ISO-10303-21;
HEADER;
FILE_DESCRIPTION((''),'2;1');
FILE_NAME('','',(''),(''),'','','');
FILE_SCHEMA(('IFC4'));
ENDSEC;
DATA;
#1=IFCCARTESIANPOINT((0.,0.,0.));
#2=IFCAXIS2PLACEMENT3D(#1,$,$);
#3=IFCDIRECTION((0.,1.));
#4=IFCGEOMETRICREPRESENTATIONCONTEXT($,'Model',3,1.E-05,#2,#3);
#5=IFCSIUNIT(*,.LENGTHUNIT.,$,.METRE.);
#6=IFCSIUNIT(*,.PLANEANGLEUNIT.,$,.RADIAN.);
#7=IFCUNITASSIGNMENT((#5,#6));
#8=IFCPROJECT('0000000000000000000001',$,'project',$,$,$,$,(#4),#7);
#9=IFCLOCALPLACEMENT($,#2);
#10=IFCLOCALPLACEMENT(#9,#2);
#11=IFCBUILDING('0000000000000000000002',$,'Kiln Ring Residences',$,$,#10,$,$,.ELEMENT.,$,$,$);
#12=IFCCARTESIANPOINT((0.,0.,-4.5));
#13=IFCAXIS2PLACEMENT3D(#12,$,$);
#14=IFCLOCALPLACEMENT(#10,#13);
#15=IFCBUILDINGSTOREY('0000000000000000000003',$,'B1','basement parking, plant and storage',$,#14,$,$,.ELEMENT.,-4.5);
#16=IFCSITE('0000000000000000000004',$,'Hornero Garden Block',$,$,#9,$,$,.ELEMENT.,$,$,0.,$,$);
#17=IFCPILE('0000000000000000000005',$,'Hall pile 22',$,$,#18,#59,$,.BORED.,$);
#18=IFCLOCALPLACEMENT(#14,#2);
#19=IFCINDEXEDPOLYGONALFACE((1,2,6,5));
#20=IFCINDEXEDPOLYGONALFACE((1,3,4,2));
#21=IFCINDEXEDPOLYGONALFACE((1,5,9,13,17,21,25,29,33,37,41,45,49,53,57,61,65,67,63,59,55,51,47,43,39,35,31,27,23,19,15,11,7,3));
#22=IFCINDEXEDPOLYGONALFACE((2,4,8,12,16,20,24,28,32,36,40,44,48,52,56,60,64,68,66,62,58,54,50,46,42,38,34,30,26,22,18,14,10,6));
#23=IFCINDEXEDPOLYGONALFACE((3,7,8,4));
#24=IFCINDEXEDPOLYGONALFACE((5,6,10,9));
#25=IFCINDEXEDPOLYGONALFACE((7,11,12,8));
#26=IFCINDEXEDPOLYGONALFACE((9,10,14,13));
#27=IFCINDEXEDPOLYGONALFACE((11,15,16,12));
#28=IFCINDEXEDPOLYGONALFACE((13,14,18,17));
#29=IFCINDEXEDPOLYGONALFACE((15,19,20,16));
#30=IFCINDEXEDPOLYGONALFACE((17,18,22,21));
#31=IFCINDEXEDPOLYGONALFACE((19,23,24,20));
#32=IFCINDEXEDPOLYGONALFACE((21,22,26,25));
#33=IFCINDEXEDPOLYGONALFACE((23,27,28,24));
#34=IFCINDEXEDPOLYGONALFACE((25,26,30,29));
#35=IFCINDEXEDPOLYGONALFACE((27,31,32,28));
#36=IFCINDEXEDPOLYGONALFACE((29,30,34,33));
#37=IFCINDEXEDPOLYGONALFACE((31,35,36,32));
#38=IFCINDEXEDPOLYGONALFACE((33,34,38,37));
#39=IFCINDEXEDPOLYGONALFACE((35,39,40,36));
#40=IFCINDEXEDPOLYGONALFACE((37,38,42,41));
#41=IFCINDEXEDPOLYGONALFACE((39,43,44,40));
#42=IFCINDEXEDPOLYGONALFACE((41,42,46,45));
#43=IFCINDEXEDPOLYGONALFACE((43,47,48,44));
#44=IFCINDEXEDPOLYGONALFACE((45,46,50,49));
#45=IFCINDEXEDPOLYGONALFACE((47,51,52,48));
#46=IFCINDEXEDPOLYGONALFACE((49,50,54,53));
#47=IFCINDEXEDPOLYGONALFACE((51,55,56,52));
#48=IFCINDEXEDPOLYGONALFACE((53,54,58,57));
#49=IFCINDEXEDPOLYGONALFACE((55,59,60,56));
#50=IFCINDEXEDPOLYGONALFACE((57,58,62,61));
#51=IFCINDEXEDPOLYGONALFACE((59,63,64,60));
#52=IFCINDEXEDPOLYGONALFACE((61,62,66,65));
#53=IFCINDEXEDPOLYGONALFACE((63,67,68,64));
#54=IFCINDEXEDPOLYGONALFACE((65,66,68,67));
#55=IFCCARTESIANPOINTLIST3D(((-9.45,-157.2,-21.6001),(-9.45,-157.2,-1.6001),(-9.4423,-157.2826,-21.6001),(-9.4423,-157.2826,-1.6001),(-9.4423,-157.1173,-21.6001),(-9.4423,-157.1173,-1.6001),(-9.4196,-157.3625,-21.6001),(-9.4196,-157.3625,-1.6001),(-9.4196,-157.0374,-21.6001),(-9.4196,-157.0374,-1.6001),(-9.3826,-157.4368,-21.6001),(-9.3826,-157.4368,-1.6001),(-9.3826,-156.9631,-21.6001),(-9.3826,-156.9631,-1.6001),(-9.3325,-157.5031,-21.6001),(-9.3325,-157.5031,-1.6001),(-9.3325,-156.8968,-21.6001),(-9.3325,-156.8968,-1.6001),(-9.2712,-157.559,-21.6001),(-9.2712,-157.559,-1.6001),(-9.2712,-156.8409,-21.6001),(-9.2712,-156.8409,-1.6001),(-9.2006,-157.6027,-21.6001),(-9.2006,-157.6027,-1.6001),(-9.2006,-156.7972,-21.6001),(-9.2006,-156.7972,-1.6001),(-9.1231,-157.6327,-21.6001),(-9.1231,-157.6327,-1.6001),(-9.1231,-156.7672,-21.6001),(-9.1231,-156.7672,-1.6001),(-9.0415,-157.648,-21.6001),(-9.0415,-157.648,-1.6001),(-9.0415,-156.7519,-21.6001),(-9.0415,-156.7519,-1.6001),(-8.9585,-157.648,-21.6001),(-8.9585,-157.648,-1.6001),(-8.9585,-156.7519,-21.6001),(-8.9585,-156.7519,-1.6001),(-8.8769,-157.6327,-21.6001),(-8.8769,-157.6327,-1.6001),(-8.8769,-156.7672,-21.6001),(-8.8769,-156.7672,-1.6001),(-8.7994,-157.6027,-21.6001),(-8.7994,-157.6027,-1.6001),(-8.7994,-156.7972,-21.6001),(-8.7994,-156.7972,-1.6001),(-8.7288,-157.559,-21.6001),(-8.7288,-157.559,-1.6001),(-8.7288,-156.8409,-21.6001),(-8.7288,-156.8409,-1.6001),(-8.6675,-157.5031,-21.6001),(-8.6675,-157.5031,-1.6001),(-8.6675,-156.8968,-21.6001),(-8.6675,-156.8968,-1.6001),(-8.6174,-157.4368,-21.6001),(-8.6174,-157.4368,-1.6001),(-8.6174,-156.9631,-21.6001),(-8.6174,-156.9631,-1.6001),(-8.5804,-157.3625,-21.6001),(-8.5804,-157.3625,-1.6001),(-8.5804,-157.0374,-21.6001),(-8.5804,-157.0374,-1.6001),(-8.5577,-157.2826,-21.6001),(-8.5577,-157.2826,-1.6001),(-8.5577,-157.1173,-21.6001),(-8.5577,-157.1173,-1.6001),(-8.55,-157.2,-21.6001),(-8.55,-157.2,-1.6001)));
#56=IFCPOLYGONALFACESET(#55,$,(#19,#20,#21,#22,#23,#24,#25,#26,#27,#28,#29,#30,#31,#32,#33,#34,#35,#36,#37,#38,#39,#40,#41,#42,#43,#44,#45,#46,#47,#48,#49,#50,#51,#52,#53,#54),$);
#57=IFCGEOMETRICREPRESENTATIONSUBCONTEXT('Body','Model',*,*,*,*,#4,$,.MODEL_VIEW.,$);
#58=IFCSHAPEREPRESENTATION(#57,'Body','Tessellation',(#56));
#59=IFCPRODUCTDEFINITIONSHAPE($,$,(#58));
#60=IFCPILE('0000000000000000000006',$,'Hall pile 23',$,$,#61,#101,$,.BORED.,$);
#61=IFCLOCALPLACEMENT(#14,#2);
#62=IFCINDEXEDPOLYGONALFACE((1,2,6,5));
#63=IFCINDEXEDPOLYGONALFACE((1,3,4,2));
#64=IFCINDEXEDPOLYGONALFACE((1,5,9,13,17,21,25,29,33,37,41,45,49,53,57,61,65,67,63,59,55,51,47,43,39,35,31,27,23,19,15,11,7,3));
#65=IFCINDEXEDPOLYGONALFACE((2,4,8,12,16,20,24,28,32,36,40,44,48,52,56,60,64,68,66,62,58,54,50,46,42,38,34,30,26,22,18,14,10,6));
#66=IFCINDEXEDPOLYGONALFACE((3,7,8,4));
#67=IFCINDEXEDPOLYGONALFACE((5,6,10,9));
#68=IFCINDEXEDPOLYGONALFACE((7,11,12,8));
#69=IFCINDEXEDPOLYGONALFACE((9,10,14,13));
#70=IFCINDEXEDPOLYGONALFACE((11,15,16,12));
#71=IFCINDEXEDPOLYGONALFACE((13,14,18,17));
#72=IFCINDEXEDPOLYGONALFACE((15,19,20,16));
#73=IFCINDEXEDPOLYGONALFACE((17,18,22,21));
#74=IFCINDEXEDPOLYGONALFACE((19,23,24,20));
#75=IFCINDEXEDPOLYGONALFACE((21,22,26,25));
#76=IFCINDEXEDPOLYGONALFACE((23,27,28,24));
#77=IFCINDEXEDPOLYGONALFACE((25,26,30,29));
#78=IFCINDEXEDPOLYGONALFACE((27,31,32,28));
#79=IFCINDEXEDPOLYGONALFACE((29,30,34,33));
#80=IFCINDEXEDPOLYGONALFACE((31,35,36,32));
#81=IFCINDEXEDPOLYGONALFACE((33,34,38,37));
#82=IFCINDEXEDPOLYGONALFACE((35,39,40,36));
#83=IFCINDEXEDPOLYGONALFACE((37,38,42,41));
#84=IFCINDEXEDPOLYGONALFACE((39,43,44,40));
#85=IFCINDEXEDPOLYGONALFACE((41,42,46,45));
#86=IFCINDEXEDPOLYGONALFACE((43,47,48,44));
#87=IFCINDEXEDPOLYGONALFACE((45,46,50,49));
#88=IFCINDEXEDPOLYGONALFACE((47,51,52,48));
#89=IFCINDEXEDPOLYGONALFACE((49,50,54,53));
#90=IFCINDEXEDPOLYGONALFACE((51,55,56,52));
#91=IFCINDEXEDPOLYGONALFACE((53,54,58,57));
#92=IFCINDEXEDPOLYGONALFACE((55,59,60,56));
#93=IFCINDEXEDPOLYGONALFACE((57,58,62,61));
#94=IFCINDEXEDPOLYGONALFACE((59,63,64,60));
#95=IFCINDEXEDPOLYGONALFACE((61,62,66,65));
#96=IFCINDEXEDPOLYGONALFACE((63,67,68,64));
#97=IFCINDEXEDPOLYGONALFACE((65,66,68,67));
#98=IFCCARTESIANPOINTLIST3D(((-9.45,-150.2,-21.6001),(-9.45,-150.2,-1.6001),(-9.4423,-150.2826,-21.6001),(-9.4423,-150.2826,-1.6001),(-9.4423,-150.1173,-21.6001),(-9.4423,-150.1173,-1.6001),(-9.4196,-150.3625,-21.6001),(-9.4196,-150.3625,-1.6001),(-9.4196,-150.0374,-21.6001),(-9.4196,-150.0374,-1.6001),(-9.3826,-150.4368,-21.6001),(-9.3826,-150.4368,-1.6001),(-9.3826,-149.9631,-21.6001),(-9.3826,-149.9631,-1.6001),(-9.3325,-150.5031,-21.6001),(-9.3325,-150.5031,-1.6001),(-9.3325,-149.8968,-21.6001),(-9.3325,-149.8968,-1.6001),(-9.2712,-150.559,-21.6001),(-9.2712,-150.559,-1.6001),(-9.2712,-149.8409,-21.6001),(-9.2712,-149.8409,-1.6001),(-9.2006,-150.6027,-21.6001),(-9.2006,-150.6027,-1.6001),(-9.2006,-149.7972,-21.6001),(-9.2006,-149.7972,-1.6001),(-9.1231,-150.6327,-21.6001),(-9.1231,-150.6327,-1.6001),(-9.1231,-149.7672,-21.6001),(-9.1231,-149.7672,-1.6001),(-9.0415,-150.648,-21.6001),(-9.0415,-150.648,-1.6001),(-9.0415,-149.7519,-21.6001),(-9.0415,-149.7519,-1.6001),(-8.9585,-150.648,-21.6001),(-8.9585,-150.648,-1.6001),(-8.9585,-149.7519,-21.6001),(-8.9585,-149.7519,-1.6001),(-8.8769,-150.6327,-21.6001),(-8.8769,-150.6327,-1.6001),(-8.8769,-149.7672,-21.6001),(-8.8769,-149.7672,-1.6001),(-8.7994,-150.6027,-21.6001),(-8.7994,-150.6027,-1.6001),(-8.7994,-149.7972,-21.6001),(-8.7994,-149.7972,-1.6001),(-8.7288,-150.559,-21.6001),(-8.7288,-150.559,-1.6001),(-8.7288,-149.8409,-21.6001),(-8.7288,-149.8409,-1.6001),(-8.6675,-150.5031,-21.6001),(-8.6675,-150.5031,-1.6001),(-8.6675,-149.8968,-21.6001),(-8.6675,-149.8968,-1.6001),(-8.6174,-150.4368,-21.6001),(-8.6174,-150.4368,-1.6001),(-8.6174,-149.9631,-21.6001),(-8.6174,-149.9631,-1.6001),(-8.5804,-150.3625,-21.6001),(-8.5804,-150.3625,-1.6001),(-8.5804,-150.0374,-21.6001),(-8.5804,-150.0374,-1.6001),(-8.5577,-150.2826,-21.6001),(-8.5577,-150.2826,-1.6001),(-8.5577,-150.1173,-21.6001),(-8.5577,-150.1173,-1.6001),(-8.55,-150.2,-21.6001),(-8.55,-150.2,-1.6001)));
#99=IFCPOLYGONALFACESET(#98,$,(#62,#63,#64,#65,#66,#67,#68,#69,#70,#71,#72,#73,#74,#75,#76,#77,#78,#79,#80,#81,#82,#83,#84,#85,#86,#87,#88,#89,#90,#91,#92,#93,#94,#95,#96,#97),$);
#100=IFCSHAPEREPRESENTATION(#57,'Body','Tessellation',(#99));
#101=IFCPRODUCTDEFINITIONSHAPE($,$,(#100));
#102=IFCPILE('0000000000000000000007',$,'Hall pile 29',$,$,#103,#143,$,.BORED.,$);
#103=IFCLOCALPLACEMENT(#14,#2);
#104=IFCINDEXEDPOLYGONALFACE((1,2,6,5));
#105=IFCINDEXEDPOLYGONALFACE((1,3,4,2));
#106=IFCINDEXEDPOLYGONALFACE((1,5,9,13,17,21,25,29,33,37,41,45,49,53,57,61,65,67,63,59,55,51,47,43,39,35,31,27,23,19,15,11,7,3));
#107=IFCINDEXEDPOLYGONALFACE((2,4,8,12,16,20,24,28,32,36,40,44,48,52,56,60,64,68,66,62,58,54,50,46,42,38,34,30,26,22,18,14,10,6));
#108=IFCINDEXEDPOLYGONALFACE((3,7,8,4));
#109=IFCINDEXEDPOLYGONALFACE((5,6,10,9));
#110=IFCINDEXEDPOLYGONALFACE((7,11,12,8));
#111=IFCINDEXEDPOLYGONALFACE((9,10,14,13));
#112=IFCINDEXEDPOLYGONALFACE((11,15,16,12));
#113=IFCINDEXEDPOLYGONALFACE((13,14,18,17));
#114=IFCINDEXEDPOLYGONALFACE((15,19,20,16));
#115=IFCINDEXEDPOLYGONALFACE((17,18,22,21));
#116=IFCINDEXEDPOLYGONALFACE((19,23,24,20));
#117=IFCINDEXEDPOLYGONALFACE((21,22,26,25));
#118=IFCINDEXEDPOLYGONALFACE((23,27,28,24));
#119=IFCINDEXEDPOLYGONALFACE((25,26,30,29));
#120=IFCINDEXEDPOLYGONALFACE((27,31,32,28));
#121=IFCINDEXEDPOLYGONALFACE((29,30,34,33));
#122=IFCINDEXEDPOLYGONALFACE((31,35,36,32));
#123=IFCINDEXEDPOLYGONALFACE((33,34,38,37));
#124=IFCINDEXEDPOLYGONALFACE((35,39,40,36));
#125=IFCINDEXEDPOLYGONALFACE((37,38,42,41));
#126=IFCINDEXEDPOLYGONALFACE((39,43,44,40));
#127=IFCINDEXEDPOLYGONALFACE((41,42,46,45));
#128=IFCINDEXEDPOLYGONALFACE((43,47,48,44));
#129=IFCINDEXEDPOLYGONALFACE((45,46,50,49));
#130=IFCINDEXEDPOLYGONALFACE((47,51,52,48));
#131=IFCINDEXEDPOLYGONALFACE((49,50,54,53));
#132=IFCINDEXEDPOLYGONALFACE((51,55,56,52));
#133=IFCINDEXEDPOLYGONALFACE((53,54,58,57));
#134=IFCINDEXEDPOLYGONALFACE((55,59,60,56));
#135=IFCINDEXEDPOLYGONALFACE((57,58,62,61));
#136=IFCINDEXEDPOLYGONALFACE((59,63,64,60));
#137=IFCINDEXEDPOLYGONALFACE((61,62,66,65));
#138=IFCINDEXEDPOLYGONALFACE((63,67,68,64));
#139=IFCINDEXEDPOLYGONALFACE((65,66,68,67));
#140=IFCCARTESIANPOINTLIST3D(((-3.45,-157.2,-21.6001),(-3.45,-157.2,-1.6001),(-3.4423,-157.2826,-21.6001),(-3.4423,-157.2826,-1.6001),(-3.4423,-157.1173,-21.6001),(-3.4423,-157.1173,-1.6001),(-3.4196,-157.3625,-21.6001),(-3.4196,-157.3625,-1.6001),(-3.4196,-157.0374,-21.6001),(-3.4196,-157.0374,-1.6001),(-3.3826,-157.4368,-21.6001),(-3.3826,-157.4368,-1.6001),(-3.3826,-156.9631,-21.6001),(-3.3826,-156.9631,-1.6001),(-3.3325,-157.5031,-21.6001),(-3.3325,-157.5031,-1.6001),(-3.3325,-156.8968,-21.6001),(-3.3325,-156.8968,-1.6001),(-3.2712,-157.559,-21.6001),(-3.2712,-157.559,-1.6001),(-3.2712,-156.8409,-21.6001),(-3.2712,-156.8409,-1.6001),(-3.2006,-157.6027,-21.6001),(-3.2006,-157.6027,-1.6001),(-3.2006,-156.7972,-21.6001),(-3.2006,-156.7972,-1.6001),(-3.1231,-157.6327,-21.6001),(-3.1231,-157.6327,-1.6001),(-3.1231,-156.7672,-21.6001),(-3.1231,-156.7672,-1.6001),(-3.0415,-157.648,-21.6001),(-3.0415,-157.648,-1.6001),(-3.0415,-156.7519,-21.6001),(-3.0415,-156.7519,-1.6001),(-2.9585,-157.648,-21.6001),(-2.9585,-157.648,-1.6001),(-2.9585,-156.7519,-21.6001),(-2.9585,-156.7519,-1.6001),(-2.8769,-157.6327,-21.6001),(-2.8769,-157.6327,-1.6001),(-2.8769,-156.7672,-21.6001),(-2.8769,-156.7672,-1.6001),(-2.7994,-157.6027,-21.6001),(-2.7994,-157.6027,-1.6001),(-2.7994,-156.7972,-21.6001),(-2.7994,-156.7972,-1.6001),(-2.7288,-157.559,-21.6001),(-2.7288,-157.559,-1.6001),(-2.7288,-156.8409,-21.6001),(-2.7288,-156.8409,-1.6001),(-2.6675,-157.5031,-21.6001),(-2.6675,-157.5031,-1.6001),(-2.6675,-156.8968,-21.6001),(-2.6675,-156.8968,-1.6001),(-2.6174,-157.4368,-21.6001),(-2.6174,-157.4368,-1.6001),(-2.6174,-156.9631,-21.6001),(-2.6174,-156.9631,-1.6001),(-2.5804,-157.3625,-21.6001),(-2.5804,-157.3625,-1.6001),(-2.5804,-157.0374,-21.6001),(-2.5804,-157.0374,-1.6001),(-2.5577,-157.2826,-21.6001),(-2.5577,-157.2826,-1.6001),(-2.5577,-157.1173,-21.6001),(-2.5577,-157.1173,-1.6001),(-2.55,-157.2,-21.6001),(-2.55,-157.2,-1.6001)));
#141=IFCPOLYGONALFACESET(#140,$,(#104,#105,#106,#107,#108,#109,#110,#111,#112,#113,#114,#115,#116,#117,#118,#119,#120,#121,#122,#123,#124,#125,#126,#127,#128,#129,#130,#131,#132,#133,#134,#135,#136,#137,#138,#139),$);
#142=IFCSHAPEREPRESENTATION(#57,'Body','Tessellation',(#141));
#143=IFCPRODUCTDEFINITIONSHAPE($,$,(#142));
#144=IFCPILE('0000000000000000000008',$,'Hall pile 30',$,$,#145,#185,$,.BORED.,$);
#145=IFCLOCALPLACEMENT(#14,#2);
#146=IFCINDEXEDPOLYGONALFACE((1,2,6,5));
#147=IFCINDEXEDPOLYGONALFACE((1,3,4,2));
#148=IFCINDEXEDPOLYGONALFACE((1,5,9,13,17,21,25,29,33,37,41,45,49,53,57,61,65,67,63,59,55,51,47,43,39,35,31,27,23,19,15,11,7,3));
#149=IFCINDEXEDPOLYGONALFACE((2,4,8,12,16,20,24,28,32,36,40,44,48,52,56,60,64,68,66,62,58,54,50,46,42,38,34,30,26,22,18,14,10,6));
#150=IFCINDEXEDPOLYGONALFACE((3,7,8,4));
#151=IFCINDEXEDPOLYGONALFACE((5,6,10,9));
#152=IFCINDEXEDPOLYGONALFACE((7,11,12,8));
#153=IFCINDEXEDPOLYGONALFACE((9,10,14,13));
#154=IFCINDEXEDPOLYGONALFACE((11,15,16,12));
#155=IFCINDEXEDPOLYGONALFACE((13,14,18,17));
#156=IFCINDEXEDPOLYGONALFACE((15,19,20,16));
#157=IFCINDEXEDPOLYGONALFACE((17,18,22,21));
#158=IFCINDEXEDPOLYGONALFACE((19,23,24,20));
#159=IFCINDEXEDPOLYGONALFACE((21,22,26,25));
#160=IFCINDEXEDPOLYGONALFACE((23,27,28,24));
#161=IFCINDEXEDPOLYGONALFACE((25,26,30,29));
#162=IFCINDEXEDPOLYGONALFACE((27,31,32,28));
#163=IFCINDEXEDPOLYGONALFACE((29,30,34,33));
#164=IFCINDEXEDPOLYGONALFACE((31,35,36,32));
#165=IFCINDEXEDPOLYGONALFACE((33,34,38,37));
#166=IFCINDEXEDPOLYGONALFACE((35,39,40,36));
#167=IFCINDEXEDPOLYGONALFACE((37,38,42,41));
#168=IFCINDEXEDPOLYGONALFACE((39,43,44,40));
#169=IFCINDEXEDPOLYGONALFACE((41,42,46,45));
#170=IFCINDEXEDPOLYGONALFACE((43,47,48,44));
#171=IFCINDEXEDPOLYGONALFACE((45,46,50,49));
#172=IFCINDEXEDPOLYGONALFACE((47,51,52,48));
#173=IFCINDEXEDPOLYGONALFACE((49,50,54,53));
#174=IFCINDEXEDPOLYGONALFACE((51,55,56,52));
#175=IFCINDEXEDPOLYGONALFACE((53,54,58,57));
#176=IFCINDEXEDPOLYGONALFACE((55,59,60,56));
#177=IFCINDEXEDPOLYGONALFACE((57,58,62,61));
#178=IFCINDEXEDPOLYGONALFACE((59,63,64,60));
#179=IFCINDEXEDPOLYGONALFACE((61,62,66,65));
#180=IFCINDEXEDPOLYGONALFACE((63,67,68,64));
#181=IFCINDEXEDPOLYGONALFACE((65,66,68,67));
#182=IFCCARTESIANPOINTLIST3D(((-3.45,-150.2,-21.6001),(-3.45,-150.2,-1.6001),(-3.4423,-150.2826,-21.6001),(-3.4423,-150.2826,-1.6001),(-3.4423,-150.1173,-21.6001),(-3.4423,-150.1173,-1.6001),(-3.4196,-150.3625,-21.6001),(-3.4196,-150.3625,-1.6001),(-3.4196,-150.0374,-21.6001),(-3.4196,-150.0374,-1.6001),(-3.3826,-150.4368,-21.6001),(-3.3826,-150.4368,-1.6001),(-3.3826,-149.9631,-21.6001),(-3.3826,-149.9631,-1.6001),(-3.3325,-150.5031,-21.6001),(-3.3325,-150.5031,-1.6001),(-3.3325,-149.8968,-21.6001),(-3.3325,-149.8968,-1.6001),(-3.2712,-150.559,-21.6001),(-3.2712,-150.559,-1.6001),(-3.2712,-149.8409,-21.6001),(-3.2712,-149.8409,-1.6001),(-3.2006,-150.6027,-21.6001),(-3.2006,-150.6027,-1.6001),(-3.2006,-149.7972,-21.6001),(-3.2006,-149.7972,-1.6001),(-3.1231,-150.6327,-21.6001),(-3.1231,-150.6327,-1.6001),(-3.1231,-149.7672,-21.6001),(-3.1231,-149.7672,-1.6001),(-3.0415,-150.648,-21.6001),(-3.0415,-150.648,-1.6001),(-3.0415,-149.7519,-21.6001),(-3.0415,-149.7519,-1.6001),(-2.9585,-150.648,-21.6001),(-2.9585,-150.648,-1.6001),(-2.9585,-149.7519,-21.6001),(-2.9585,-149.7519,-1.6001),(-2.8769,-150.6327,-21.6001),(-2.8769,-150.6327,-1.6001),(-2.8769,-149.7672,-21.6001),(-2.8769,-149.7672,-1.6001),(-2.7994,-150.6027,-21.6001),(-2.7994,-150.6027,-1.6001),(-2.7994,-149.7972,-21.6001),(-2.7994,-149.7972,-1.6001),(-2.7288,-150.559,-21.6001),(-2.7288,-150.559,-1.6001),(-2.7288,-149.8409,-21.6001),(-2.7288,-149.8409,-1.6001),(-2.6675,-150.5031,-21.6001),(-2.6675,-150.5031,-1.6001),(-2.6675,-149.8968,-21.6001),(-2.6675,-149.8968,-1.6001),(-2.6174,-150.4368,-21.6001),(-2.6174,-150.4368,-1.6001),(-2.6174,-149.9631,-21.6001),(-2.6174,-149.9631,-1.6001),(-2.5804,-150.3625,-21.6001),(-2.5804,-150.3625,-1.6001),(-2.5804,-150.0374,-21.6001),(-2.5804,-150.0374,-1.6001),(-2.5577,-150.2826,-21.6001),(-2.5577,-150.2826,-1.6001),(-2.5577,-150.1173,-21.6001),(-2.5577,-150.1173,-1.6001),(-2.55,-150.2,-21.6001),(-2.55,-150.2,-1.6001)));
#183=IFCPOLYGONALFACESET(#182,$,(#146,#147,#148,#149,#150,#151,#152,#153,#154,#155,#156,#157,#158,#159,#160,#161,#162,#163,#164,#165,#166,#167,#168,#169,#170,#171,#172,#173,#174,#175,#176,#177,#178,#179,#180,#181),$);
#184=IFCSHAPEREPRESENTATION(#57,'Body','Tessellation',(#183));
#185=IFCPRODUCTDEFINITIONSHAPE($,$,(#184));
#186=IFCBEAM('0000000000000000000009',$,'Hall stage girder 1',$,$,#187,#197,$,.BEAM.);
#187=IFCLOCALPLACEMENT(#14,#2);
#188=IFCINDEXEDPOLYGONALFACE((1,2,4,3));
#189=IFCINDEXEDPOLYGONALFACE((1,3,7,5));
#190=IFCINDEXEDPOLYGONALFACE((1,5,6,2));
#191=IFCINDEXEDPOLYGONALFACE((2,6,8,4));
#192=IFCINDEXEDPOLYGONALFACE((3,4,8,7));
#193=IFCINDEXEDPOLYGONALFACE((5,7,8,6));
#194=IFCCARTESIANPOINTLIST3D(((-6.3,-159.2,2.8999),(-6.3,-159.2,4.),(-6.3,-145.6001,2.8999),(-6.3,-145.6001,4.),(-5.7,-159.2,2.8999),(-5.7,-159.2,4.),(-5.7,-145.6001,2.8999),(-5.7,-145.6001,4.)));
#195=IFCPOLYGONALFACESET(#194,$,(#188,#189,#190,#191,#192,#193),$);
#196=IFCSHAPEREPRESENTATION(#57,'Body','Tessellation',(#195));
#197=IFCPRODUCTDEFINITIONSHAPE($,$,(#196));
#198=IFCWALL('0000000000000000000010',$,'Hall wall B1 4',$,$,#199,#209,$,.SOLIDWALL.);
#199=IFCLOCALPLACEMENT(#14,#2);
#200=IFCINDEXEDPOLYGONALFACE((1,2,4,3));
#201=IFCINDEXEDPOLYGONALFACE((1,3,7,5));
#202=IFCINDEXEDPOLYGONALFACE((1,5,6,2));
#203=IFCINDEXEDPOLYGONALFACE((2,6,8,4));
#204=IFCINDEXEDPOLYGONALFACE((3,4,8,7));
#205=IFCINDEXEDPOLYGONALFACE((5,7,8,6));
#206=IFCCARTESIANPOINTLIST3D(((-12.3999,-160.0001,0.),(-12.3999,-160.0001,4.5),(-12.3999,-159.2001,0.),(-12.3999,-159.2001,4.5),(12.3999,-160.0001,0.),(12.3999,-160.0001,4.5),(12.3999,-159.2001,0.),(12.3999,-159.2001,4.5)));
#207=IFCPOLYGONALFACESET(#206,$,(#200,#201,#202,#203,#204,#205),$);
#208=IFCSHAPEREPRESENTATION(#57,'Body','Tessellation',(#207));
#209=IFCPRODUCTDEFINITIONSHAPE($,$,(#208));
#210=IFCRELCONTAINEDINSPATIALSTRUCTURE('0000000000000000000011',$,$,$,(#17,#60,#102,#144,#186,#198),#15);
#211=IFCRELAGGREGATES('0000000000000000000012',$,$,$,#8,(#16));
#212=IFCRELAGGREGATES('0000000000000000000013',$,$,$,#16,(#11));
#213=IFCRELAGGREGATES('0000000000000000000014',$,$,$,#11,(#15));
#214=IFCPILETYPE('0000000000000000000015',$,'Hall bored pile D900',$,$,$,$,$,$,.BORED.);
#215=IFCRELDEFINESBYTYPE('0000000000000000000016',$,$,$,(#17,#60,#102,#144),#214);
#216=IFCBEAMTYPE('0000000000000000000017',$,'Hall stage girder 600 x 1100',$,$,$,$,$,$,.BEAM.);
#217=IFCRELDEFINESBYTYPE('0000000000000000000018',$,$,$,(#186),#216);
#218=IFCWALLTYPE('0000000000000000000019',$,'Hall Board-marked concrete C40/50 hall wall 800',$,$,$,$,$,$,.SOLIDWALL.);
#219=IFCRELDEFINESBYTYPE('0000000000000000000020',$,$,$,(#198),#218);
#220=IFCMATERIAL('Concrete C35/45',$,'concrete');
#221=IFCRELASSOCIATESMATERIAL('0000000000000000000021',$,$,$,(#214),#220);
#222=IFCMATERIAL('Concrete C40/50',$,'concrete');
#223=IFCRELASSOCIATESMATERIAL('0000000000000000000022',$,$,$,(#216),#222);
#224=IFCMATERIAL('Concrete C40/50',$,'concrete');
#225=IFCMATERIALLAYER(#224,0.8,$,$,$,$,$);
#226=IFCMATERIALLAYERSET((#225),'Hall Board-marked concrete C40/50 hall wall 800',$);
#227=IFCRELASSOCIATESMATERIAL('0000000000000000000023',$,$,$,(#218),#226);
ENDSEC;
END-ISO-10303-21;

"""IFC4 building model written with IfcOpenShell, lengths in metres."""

from ifc_helpers import new_model, si_unit, direction, frame, frame_2d, origin, origin_2d, place, context, subcontext, project, spatial, rectangle, circle, extrude, material, layer, layer_set, material_profile, profile_set, type_object, element, save


model = new_model("IFC4")

# Units and contexts
model_context = context("Model", 3, precision=1e-05, world=origin(), true_north=direction((0.0, 1.0)))
body_context = subcontext(model_context, "Body", "Model", "MODEL_VIEW")
ifc_project = project(units=[si_unit("LENGTHUNIT", "METRE"), si_unit("PLANEANGLEUNIT", "RADIAN")], contexts=[model_context])

# Site, building, storey
site_placement = place(None, origin())
site = spatial("IfcSite", under=ifc_project, at=site_placement, Name="Hornero Garden Block", CompositionType="ELEMENT", RefElevation=0.0)
building_placement = place(site_placement, origin())
building = spatial("IfcBuilding", under=site, at=building_placement, Name="Kiln Ring Residences", CompositionType="ELEMENT")
storey_placement = place(building_placement, frame((0.0, 0.0, -4.5)))
storey = spatial("IfcBuildingStorey", under=building, at=storey_placement, Name="B1", Description="basement parking, plant and storage", CompositionType="ELEMENT", Elevation=-4.5)

# Piles
ifc_material_1 = material(Name="Concrete C35/45", Category="concrete")
ifc_material_profile_1 = material_profile(ifc_material_1, circle(Radius=0.45, at=origin_2d()), Name="Hall bored pile D900")
ifc_profile_set_1 = profile_set([ifc_material_profile_1], Name="Concrete C35/45")
pile_type = type_object("IfcPileType", Name="Hall bored pile D900", PredefinedType="BORED", material=ifc_profile_set_1)
for number, where, z_axis, x_axis, name in (
    (1, (-9.0, -157.2, -1.6001), (0.0, 0.0, -1.0), (1.0, 0.0, 0.0), "Hall pile 22"),
    (2, (-9.0, -150.2, -1.6001), (0.0, 0.0, -1.0), (1.0, 0.0, 0.0), "Hall pile 23"),
    (3, (-3.0, -157.2, -1.6001), (0.0, 0.0, -1.0), (1.0, 0.0, 0.0), "Hall pile 29"),
    (4, (-3.0, -150.2, -1.6001), (0.0, 0.0, -1.0), (1.0, 0.0, 0.0), "Hall pile 30"),
):
    element("IfcPile", number, at=place(storey_placement, frame(where, z_axis=z_axis, x_axis=x_axis)), inside=storey, type_object=pile_type, Name=name, PredefinedType="BORED", context=body_context, shape_type="SweptSolid", body=[
        extrude(circle(Radius=0.45, at=origin_2d()), origin(), (0.0, 0.0, 1.0), 20.0),
    ])

# Beam
ifc_material_2 = material(Name="Concrete C40/50", Category="concrete")
ifc_material_profile_2 = material_profile(ifc_material_2, rectangle(XDim=0.6001, YDim=1.1001, at=origin_2d()), Name="Hall stage girder 600 x 1100")
ifc_profile_set_2 = profile_set([ifc_material_profile_2], Name="Concrete C40/50")
beam_type = type_object("IfcBeamType", Name="Hall stage girder 600 x 1100", PredefinedType="BEAM", material=ifc_profile_set_2)
beam_placement = place(storey_placement, frame((-6.0, -159.2, 3.45), z_axis=(0.0, 1.0, 0.0), x_axis=(-1.0, 0.0, 0.0)))
element("IfcBeam", 5, at=beam_placement, inside=storey, type_object=beam_type, Name="Hall stage girder 1", PredefinedType="BEAM", context=body_context, shape_type="SweptSolid", body=[
    extrude(rectangle(XDim=0.6001, YDim=1.1001, at=origin_2d()), origin(), (0.0, 0.0, 1.0), 13.5999),
])

# Wall
ifc_material_3 = material(Name="Concrete C40/50", Category="concrete")
ifc_layer_1 = layer(ifc_material_3, 0.8)
ifc_layer_set_1 = layer_set([ifc_layer_1], Name="Hall Board-marked concrete C40/50 hall wall 800")
wall_type_1 = type_object("IfcWallType", Name="Hall Board-marked concrete C40/50 hall wall 800", PredefinedType="SOLIDWALL", material=ifc_layer_set_1)
wall_1_placement = place(storey_placement, frame((-12.3999, -159.6001, 0.0), z_axis=(0.0, 0.0, 1.0), x_axis=(1.0, 0.0, 0.0)))
element("IfcWall", 6, at=wall_1_placement, inside=storey, type_object=wall_type_1, Name="Hall wall B1 4", PredefinedType="SOLIDWALL", context=body_context, shape_type="SweptSolid", body=[
    extrude(rectangle(XDim=24.7998, YDim=0.8, at=frame_2d((12.3999, 0.0))), origin(), (0.0, 0.0, 1.0), 4.5),
])

save(model, "model.ifc")
